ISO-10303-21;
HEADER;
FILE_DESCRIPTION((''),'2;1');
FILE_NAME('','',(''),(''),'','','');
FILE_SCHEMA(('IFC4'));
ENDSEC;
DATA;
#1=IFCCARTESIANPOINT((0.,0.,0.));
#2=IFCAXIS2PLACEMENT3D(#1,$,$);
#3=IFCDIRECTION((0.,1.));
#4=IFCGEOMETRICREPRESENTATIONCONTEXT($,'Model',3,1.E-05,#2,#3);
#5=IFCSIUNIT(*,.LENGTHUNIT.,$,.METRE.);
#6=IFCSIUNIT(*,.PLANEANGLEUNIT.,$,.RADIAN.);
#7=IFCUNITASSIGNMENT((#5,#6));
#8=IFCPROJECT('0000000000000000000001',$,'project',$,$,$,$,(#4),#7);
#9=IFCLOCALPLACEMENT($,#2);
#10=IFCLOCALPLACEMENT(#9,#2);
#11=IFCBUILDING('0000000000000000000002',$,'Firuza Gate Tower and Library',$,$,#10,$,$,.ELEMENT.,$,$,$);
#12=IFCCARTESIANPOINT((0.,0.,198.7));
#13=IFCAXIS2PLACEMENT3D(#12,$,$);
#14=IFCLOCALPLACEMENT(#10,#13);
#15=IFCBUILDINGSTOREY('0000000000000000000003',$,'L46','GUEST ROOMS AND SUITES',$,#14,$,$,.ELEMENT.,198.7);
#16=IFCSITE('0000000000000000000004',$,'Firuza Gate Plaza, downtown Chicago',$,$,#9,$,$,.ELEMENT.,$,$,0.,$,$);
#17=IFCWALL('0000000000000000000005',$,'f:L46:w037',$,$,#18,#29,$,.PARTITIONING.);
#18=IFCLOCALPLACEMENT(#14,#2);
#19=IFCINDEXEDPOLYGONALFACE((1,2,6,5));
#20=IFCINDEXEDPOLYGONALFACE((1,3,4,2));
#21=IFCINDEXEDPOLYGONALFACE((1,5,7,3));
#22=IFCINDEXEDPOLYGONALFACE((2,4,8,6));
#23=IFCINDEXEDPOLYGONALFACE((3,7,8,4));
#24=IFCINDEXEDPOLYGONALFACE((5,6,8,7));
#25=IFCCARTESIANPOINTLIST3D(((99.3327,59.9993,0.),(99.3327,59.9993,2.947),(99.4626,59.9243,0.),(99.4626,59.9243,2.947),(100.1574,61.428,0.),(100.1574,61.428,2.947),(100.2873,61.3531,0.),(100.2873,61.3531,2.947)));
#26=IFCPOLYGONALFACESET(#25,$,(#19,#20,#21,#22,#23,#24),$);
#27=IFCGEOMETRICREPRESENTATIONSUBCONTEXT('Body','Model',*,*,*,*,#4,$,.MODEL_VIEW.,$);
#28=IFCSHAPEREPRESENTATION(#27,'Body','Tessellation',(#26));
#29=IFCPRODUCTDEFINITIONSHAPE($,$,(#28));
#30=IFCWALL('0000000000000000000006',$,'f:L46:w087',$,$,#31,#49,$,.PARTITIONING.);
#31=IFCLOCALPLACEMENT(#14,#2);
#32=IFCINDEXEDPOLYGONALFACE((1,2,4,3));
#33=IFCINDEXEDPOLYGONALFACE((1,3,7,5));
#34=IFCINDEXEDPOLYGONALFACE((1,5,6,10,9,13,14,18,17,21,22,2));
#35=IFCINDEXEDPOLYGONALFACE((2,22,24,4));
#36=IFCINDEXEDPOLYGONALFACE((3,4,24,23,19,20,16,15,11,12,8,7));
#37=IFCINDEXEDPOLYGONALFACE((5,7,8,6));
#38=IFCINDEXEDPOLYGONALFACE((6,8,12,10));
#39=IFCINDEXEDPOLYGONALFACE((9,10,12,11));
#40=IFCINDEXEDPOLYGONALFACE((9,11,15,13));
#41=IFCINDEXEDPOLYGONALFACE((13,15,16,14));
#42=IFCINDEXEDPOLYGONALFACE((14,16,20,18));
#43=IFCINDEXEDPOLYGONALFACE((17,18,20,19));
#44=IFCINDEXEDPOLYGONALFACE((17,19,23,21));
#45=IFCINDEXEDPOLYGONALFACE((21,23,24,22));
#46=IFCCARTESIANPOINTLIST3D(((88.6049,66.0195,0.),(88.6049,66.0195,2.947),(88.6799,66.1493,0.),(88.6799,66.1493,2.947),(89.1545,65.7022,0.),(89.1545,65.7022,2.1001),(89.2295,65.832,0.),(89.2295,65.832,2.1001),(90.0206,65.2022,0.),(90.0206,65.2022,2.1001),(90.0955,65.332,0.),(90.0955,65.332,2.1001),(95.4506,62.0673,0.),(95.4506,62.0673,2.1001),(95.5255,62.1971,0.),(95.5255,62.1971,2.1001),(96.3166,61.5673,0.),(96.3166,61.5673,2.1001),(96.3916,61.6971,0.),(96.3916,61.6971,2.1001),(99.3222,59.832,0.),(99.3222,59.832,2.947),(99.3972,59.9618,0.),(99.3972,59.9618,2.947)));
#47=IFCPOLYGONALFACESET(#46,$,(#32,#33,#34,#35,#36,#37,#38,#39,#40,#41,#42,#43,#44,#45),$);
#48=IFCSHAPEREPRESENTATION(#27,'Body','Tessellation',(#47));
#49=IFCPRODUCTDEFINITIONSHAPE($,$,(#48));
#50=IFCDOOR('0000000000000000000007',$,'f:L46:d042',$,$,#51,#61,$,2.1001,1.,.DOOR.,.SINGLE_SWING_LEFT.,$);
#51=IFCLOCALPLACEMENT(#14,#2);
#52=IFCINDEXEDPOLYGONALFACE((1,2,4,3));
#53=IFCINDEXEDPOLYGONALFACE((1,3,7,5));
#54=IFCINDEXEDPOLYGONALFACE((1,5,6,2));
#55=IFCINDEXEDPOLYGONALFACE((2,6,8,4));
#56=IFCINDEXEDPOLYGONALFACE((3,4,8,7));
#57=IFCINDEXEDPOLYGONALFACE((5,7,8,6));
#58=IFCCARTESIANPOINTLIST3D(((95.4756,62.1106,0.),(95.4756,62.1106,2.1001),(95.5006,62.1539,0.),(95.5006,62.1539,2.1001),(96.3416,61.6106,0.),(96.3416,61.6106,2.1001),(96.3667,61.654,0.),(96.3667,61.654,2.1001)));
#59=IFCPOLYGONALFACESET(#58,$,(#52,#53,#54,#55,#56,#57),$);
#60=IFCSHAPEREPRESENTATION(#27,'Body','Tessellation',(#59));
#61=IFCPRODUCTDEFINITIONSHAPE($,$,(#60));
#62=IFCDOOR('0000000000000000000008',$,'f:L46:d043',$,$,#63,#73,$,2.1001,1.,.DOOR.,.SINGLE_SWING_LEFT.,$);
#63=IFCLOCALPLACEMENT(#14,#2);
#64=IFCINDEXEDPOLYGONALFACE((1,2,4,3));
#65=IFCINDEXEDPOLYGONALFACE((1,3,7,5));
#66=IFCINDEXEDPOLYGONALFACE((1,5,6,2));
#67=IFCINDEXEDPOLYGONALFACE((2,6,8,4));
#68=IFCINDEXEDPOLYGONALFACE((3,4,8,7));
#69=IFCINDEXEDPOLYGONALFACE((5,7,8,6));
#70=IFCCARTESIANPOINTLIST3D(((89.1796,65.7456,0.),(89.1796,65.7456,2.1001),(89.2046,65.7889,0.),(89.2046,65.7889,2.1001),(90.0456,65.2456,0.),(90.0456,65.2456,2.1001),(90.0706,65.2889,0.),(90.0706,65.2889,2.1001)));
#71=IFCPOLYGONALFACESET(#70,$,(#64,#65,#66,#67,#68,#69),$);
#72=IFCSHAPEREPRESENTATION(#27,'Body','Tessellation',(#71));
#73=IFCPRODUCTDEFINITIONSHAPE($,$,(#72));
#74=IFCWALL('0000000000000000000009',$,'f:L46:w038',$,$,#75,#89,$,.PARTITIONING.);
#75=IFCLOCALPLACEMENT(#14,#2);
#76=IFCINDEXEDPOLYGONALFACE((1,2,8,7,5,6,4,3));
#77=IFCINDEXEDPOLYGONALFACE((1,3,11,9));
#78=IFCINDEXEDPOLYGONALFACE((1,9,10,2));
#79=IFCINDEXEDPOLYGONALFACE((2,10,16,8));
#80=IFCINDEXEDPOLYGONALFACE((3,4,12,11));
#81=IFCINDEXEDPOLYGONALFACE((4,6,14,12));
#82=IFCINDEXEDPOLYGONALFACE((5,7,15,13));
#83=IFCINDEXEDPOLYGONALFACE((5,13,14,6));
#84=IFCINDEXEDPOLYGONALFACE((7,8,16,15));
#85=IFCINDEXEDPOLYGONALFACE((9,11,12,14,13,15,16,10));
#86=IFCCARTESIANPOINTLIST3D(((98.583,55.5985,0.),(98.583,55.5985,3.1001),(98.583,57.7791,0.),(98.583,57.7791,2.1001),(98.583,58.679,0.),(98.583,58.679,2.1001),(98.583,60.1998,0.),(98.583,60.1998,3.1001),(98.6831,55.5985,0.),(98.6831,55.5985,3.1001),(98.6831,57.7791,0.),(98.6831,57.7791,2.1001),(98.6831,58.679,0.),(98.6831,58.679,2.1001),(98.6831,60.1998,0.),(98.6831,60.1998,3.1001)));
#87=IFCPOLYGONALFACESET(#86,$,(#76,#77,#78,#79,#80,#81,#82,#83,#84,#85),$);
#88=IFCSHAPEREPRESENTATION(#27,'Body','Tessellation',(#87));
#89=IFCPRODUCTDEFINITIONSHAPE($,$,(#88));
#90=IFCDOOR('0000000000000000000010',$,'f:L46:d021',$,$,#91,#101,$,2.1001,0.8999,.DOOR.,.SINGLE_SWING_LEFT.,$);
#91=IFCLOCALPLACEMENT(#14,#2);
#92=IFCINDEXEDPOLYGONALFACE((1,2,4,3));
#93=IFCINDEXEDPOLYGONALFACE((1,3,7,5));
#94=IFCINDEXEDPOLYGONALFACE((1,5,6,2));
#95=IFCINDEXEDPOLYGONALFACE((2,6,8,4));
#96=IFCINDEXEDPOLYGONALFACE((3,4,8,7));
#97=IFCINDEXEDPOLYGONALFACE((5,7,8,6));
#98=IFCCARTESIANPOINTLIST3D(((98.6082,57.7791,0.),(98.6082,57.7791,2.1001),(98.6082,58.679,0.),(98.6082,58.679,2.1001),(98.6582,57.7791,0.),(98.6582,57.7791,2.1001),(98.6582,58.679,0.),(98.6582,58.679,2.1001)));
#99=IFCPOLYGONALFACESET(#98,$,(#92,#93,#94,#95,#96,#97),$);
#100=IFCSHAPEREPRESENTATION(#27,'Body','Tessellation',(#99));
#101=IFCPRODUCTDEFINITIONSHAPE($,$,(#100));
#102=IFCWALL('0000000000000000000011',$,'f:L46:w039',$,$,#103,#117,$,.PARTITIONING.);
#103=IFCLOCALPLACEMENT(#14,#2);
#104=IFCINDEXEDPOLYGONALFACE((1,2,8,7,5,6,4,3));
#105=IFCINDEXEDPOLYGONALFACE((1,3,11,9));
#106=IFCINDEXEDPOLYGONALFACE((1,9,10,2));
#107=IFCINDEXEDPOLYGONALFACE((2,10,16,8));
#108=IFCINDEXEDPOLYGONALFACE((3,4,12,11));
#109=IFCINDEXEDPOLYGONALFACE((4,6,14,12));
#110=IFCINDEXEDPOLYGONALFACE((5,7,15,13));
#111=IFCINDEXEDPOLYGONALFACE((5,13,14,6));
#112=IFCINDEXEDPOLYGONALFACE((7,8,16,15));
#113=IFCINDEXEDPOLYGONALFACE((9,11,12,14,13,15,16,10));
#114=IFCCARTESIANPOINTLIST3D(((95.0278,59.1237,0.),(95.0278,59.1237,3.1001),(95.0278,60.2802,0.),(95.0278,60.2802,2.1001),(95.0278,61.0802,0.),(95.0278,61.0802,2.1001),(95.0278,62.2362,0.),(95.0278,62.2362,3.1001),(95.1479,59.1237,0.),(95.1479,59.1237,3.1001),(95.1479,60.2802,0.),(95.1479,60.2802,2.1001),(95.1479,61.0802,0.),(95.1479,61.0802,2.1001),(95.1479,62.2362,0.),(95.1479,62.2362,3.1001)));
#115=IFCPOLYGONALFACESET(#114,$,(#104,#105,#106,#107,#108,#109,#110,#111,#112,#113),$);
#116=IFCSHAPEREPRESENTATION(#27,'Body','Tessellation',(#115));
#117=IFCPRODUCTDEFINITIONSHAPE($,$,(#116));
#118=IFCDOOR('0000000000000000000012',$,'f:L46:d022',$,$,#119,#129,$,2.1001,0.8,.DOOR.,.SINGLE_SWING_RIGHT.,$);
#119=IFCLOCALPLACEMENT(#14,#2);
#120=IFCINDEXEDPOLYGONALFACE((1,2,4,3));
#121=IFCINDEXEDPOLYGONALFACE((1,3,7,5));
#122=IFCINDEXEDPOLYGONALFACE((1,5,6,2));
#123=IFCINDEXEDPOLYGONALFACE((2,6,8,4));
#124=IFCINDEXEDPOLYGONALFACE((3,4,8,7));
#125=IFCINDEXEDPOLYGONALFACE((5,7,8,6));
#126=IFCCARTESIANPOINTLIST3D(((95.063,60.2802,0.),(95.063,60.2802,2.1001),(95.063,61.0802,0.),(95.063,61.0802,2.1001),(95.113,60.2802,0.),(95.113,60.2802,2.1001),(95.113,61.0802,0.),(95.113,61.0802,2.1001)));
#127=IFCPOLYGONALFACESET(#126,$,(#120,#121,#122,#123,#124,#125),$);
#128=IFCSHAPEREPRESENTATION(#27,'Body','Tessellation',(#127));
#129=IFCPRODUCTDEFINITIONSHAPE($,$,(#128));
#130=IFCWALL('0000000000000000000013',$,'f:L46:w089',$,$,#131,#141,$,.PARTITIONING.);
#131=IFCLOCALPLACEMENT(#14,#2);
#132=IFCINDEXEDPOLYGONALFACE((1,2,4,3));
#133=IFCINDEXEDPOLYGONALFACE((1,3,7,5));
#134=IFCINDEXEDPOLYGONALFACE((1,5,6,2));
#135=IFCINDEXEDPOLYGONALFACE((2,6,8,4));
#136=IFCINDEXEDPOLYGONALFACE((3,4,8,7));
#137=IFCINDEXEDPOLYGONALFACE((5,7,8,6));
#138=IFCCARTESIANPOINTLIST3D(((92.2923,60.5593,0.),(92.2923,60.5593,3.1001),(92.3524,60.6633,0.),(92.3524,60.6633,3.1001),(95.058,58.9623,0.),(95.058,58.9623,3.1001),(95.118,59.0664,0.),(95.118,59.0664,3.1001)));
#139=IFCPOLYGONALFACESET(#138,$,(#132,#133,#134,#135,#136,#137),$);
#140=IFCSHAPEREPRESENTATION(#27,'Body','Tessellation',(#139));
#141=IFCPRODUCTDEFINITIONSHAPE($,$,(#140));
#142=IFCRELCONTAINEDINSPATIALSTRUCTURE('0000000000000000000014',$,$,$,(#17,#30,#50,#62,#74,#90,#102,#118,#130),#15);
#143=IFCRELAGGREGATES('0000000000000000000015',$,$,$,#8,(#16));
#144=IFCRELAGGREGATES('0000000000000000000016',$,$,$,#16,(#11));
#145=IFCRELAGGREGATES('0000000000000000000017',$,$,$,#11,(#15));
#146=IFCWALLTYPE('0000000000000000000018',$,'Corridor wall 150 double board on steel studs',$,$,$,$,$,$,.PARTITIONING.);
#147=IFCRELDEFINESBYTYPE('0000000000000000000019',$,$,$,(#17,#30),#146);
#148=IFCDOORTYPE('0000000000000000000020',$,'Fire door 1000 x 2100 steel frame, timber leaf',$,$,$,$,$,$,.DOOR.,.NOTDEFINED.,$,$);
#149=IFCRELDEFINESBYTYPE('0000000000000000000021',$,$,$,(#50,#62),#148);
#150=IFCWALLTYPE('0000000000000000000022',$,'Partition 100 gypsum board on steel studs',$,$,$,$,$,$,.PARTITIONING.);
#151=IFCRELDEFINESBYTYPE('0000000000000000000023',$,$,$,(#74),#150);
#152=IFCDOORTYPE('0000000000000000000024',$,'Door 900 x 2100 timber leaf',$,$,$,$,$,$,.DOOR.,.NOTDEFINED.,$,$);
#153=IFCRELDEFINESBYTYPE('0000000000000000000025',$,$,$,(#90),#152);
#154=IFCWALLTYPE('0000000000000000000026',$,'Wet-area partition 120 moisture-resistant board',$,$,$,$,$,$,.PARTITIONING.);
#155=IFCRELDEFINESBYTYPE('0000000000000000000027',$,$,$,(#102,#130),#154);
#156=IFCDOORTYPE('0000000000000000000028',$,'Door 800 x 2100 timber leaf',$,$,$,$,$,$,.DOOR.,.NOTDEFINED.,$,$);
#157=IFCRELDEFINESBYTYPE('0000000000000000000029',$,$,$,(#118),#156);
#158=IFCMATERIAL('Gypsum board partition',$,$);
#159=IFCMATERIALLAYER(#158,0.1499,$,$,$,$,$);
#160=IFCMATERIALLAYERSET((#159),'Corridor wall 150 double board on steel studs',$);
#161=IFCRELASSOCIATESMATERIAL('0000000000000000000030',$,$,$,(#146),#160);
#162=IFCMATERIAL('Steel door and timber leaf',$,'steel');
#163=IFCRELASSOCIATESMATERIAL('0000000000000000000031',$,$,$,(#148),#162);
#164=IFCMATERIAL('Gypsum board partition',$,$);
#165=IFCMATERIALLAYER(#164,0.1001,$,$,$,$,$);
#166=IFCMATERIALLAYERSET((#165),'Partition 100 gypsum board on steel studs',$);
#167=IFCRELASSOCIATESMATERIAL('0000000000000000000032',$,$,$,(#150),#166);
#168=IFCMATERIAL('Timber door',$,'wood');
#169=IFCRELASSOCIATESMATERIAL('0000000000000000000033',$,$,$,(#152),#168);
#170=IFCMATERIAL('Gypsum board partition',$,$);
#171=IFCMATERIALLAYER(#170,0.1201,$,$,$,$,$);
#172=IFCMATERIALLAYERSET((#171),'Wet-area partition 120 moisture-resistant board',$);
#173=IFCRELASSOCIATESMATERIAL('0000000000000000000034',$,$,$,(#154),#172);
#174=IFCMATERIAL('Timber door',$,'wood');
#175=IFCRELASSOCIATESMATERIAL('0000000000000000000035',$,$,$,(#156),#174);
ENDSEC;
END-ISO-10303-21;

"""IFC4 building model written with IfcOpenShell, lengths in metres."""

from ifc_helpers import new_model, si_unit, direction, frame, frame_2d, origin, place, context, subcontext, project, spatial, rectangle, extrude, material, layer, layer_set, type_object, element, fill, save


model = new_model("IFC4")

# Units and contexts
model_context = context("Model", 3, precision=1e-05, world=origin(), true_north=direction((0.0, 1.0)))
body_context = subcontext(model_context, "Body", "Model", "MODEL_VIEW")
ifc_project = project(units=[si_unit("LENGTHUNIT", "METRE"), si_unit("PLANEANGLEUNIT", "RADIAN")], contexts=[model_context])

# Site, building, storey
site_placement = place(None, origin())
site = spatial("IfcSite", under=ifc_project, at=site_placement, Name="Firuza Gate Plaza, downtown Chicago", CompositionType="ELEMENT", RefElevation=0.0)
building_placement = place(site_placement, origin())
building = spatial("IfcBuilding", under=site, at=building_placement, Name="Firuza Gate Tower and Library", CompositionType="ELEMENT")
storey_placement = place(building_placement, frame((0.0, 0.0, 198.7)))
storey = spatial("IfcBuildingStorey", under=building, at=storey_placement, Name="L46", Description="GUEST ROOMS AND SUITES", CompositionType="ELEMENT", Elevation=198.7)

# Wall
ifc_material_1 = material(Name="Gypsum board partition")
ifc_layer_1 = layer(ifc_material_1, 0.1499)
ifc_layer_set_1 = layer_set([ifc_layer_1], Name="Corridor wall 150 double board on steel studs")
wall_type_1 = type_object("IfcWallType", Name="Corridor wall 150 double board on steel studs", PredefinedType="PARTITIONING", material=ifc_layer_set_1)
wall_1_placement = place(storey_placement, frame((99.3977, 59.9619, 0.0), z_axis=(0.0, 0.0, 1.0), x_axis=(0.499927, 0.866067, 0.0)))
element("IfcWall", 1, at=wall_1_placement, inside=storey, type_object=wall_type_1, Name="f:L46:w037", PredefinedType="PARTITIONING", context=body_context, shape_type="SweptSolid", body=[
    extrude(rectangle(XDim=1.6497, YDim=0.1499, at=frame_2d((0.8247, 0.0))), origin(), (0.0, 0.0, 1.0), 2.947),
])

# Wall, openings, doors
wall_2_placement = place(storey_placement, frame((99.3596, 59.897, 0.0), z_axis=(0.0, 0.0, 1.0), x_axis=(-0.86603, 0.499992, 0.0)))
wall_2 = element("IfcWall", 2, at=wall_2_placement, inside=storey, type_object=wall_type_1, Name="f:L46:w087", PredefinedType="PARTITIONING", context=body_context, shape_type="SweptSolid", body=[
    extrude(rectangle(XDim=12.3752, YDim=0.1499, at=frame_2d((6.1875, 0.0))), origin(), (0.0, 0.0, 1.0), 2.947),
])
opening_1_placement = place(wall_2_placement, frame((3.4705, 0.0, 0.0)))
opening_1 = element("IfcOpeningElement", 3, at=opening_1_placement, cuts=wall_2, PredefinedType="OPENING", context=body_context, shape_type="SweptSolid", body=[
    extrude(rectangle(XDim=1.0, YDim=2.1001, at=frame_2d((0.5, 1.05))), frame((0.0, 0.085, 0.0), z_axis=(0.0, -1.0, 0.0), x_axis=(1.0, 0.0, 0.0)), (0.0, 0.0, 1.0), 0.1699),
])
opening_2_placement = place(wall_2_placement, frame((10.7405, 0.0, 0.0)))
opening_2 = element("IfcOpeningElement", 4, at=opening_2_placement, cuts=wall_2, PredefinedType="OPENING", context=body_context, shape_type="SweptSolid", body=[
    extrude(rectangle(XDim=1.0, YDim=2.1001, at=frame_2d((0.5, 1.05))), frame((0.0, 0.085, 0.0), z_axis=(0.0, -1.0, 0.0), x_axis=(1.0, 0.0, 0.0)), (0.0, 0.0, 1.0), 0.1699),
])
ifc_material_2 = material(Name="Steel door and timber leaf", Category="steel")
door_type_1 = type_object("IfcDoorType", Name="Fire door 1000 x 2100 steel frame, timber leaf", OperationType="NOTDEFINED", PredefinedType="DOOR", material=ifc_material_2)
door_1_placement = place(opening_1_placement, origin())
door_1 = element("IfcDoor", 5, at=door_1_placement, inside=storey, type_object=door_type_1, Name="f:L46:d042", OperationType="SINGLE_SWING_LEFT", OverallHeight=2.1001, OverallWidth=1.0, PredefinedType="DOOR", context=body_context, shape_type="SweptSolid", body=[
    extrude(rectangle(XDim=1.0, YDim=2.1001, at=frame_2d((0.5, 1.05))), frame((0.0, 0.0249, 0.0), z_axis=(0.0, -1.0, 0.0), x_axis=(1.0, 0.0, 0.0)), (0.0, 0.0, 1.0), 0.05),
])
fill(opening_1, door_1)
door_2_placement = place(opening_2_placement, origin())
door_2 = element("IfcDoor", 6, at=door_2_placement, inside=storey, type_object=door_type_1, Name="f:L46:d043", OperationType="SINGLE_SWING_LEFT", OverallHeight=2.1001, OverallWidth=1.0, PredefinedType="DOOR", context=body_context, shape_type="SweptSolid", body=[
    extrude(rectangle(XDim=1.0, YDim=2.1001, at=frame_2d((0.5, 1.05))), frame((0.0, 0.0249, 0.0), z_axis=(0.0, -1.0, 0.0), x_axis=(1.0, 0.0, 0.0)), (0.0, 0.0, 1.0), 0.05),
])
fill(opening_2, door_2)

# Walls, openings, doors
ifc_material_3 = material(Name="Gypsum board partition")
ifc_layer_2 = layer(ifc_material_3, 0.1001)
ifc_layer_set_2 = layer_set([ifc_layer_2], Name="Partition 100 gypsum board on steel studs")
wall_type_2 = type_object("IfcWallType", Name="Partition 100 gypsum board on steel studs", PredefinedType="PARTITIONING", material=ifc_layer_set_2)
wall_3_placement = place(storey_placement, frame((98.6331, 55.5984, 0.0), z_axis=(0.0, 0.0, 1.0), x_axis=(0.0, 1.0, 0.0)))
wall_3 = element("IfcWall", 7, at=wall_3_placement, inside=storey, type_object=wall_type_2, Name="f:L46:w038", PredefinedType="PARTITIONING", context=body_context, shape_type="SweptSolid", body=[
    extrude(rectangle(XDim=4.6013, YDim=0.1001, at=frame_2d((2.3008, 0.0))), origin(), (0.0, 0.0, 1.0), 3.1001),
])
opening_3_placement = place(wall_3_placement, frame((2.1807, 0.0, 0.0)))
opening_3 = element("IfcOpeningElement", 8, at=opening_3_placement, cuts=wall_3, PredefinedType="OPENING", context=body_context, shape_type="SweptSolid", body=[
    extrude(rectangle(XDim=0.8999, YDim=2.1001, at=frame_2d((0.45, 1.05))), frame((0.0, 0.0601, 0.0), z_axis=(0.0, -1.0, 0.0), x_axis=(1.0, 0.0, 0.0)), (0.0, 0.0, 1.0), 0.1201),
])
ifc_material_4 = material(Name="Timber door", Category="wood")
door_type_2 = type_object("IfcDoorType", Name="Door 900 x 2100 timber leaf", OperationType="NOTDEFINED", PredefinedType="DOOR", material=ifc_material_4)
door_3_placement = place(opening_3_placement, origin())
door_3 = element("IfcDoor", 9, at=door_3_placement, inside=storey, type_object=door_type_2, Name="f:L46:d021", OperationType="SINGLE_SWING_LEFT", OverallHeight=2.1001, OverallWidth=0.8999, PredefinedType="DOOR", context=body_context, shape_type="SweptSolid", body=[
    extrude(rectangle(XDim=0.8999, YDim=2.1001, at=frame_2d((0.45, 1.05))), frame((0.0, 0.0249, 0.0), z_axis=(0.0, -1.0, 0.0), x_axis=(1.0, 0.0, 0.0)), (0.0, 0.0, 1.0), 0.05),
])
fill(opening_3, door_3)
ifc_material_5 = material(Name="Gypsum board partition")
ifc_layer_3 = layer(ifc_material_5, 0.1201)
ifc_layer_set_3 = layer_set([ifc_layer_3], Name="Wet-area partition 120 moisture-resistant board")
wall_type_3 = type_object("IfcWallType", Name="Wet-area partition 120 moisture-resistant board", PredefinedType="PARTITIONING", material=ifc_layer_set_3)
wall_4_placement = place(storey_placement, frame((95.0879, 59.1238, 0.0), z_axis=(0.0, 0.0, 1.0), x_axis=(0.0, 1.0, 0.0)))
wall_4 = element("IfcWall", 10, at=wall_4_placement, inside=storey, type_object=wall_type_3, Name="f:L46:w039", PredefinedType="PARTITIONING", context=body_context, shape_type="SweptSolid", body=[
    extrude(rectangle(XDim=3.1125, YDim=0.1201, at=frame_2d((1.5562, 0.0))), origin(), (0.0, 0.0, 1.0), 3.1001),
])
opening_4_placement = place(wall_4_placement, frame((1.1565, 0.0, 0.0)))
opening_4 = element("IfcOpeningElement", 11, at=opening_4_placement, cuts=wall_4, PredefinedType="OPENING", context=body_context, shape_type="SweptSolid", body=[
    extrude(rectangle(XDim=0.8, YDim=2.1001, at=frame_2d((0.3999, 1.05))), frame((0.0, 0.0701, 0.0), z_axis=(0.0, -1.0, 0.0), x_axis=(1.0, 0.0, 0.0)), (0.0, 0.0, 1.0), 0.1401),
])
ifc_material_6 = material(Name="Timber door", Category="wood")
door_type_3 = type_object("IfcDoorType", Name="Door 800 x 2100 timber leaf", OperationType="NOTDEFINED", PredefinedType="DOOR", material=ifc_material_6)
door_4_placement = place(opening_4_placement, origin())
door_4 = element("IfcDoor", 12, at=door_4_placement, inside=storey, type_object=door_type_3, Name="f:L46:d022", OperationType="SINGLE_SWING_RIGHT", OverallHeight=2.1001, OverallWidth=0.8, PredefinedType="DOOR", context=body_context, shape_type="SweptSolid", body=[
    extrude(rectangle(XDim=0.8, YDim=2.1001, at=frame_2d((0.3999, 1.05))), frame((0.0, 0.0249, 0.0), z_axis=(0.0, -1.0, 0.0), x_axis=(1.0, 0.0, 0.0)), (0.0, 0.0, 1.0), 0.05),
])
fill(opening_4, door_4)

# Wall
wall_5_placement = place(storey_placement, frame((95.0879, 59.0144, 0.0), z_axis=(0.0, 0.0, 1.0), x_axis=(-0.866, 0.500045, 0.0)))
element("IfcWall", 13, at=wall_5_placement, inside=storey, type_object=wall_type_3, Name="f:L46:w089", PredefinedType="PARTITIONING", context=body_context, shape_type="SweptSolid", body=[
    extrude(rectangle(XDim=3.1936, YDim=0.1201, at=frame_2d((1.5967, 0.0))), origin(), (0.0, 0.0, 1.0), 3.1001),
])

save(model, "model.ifc")
